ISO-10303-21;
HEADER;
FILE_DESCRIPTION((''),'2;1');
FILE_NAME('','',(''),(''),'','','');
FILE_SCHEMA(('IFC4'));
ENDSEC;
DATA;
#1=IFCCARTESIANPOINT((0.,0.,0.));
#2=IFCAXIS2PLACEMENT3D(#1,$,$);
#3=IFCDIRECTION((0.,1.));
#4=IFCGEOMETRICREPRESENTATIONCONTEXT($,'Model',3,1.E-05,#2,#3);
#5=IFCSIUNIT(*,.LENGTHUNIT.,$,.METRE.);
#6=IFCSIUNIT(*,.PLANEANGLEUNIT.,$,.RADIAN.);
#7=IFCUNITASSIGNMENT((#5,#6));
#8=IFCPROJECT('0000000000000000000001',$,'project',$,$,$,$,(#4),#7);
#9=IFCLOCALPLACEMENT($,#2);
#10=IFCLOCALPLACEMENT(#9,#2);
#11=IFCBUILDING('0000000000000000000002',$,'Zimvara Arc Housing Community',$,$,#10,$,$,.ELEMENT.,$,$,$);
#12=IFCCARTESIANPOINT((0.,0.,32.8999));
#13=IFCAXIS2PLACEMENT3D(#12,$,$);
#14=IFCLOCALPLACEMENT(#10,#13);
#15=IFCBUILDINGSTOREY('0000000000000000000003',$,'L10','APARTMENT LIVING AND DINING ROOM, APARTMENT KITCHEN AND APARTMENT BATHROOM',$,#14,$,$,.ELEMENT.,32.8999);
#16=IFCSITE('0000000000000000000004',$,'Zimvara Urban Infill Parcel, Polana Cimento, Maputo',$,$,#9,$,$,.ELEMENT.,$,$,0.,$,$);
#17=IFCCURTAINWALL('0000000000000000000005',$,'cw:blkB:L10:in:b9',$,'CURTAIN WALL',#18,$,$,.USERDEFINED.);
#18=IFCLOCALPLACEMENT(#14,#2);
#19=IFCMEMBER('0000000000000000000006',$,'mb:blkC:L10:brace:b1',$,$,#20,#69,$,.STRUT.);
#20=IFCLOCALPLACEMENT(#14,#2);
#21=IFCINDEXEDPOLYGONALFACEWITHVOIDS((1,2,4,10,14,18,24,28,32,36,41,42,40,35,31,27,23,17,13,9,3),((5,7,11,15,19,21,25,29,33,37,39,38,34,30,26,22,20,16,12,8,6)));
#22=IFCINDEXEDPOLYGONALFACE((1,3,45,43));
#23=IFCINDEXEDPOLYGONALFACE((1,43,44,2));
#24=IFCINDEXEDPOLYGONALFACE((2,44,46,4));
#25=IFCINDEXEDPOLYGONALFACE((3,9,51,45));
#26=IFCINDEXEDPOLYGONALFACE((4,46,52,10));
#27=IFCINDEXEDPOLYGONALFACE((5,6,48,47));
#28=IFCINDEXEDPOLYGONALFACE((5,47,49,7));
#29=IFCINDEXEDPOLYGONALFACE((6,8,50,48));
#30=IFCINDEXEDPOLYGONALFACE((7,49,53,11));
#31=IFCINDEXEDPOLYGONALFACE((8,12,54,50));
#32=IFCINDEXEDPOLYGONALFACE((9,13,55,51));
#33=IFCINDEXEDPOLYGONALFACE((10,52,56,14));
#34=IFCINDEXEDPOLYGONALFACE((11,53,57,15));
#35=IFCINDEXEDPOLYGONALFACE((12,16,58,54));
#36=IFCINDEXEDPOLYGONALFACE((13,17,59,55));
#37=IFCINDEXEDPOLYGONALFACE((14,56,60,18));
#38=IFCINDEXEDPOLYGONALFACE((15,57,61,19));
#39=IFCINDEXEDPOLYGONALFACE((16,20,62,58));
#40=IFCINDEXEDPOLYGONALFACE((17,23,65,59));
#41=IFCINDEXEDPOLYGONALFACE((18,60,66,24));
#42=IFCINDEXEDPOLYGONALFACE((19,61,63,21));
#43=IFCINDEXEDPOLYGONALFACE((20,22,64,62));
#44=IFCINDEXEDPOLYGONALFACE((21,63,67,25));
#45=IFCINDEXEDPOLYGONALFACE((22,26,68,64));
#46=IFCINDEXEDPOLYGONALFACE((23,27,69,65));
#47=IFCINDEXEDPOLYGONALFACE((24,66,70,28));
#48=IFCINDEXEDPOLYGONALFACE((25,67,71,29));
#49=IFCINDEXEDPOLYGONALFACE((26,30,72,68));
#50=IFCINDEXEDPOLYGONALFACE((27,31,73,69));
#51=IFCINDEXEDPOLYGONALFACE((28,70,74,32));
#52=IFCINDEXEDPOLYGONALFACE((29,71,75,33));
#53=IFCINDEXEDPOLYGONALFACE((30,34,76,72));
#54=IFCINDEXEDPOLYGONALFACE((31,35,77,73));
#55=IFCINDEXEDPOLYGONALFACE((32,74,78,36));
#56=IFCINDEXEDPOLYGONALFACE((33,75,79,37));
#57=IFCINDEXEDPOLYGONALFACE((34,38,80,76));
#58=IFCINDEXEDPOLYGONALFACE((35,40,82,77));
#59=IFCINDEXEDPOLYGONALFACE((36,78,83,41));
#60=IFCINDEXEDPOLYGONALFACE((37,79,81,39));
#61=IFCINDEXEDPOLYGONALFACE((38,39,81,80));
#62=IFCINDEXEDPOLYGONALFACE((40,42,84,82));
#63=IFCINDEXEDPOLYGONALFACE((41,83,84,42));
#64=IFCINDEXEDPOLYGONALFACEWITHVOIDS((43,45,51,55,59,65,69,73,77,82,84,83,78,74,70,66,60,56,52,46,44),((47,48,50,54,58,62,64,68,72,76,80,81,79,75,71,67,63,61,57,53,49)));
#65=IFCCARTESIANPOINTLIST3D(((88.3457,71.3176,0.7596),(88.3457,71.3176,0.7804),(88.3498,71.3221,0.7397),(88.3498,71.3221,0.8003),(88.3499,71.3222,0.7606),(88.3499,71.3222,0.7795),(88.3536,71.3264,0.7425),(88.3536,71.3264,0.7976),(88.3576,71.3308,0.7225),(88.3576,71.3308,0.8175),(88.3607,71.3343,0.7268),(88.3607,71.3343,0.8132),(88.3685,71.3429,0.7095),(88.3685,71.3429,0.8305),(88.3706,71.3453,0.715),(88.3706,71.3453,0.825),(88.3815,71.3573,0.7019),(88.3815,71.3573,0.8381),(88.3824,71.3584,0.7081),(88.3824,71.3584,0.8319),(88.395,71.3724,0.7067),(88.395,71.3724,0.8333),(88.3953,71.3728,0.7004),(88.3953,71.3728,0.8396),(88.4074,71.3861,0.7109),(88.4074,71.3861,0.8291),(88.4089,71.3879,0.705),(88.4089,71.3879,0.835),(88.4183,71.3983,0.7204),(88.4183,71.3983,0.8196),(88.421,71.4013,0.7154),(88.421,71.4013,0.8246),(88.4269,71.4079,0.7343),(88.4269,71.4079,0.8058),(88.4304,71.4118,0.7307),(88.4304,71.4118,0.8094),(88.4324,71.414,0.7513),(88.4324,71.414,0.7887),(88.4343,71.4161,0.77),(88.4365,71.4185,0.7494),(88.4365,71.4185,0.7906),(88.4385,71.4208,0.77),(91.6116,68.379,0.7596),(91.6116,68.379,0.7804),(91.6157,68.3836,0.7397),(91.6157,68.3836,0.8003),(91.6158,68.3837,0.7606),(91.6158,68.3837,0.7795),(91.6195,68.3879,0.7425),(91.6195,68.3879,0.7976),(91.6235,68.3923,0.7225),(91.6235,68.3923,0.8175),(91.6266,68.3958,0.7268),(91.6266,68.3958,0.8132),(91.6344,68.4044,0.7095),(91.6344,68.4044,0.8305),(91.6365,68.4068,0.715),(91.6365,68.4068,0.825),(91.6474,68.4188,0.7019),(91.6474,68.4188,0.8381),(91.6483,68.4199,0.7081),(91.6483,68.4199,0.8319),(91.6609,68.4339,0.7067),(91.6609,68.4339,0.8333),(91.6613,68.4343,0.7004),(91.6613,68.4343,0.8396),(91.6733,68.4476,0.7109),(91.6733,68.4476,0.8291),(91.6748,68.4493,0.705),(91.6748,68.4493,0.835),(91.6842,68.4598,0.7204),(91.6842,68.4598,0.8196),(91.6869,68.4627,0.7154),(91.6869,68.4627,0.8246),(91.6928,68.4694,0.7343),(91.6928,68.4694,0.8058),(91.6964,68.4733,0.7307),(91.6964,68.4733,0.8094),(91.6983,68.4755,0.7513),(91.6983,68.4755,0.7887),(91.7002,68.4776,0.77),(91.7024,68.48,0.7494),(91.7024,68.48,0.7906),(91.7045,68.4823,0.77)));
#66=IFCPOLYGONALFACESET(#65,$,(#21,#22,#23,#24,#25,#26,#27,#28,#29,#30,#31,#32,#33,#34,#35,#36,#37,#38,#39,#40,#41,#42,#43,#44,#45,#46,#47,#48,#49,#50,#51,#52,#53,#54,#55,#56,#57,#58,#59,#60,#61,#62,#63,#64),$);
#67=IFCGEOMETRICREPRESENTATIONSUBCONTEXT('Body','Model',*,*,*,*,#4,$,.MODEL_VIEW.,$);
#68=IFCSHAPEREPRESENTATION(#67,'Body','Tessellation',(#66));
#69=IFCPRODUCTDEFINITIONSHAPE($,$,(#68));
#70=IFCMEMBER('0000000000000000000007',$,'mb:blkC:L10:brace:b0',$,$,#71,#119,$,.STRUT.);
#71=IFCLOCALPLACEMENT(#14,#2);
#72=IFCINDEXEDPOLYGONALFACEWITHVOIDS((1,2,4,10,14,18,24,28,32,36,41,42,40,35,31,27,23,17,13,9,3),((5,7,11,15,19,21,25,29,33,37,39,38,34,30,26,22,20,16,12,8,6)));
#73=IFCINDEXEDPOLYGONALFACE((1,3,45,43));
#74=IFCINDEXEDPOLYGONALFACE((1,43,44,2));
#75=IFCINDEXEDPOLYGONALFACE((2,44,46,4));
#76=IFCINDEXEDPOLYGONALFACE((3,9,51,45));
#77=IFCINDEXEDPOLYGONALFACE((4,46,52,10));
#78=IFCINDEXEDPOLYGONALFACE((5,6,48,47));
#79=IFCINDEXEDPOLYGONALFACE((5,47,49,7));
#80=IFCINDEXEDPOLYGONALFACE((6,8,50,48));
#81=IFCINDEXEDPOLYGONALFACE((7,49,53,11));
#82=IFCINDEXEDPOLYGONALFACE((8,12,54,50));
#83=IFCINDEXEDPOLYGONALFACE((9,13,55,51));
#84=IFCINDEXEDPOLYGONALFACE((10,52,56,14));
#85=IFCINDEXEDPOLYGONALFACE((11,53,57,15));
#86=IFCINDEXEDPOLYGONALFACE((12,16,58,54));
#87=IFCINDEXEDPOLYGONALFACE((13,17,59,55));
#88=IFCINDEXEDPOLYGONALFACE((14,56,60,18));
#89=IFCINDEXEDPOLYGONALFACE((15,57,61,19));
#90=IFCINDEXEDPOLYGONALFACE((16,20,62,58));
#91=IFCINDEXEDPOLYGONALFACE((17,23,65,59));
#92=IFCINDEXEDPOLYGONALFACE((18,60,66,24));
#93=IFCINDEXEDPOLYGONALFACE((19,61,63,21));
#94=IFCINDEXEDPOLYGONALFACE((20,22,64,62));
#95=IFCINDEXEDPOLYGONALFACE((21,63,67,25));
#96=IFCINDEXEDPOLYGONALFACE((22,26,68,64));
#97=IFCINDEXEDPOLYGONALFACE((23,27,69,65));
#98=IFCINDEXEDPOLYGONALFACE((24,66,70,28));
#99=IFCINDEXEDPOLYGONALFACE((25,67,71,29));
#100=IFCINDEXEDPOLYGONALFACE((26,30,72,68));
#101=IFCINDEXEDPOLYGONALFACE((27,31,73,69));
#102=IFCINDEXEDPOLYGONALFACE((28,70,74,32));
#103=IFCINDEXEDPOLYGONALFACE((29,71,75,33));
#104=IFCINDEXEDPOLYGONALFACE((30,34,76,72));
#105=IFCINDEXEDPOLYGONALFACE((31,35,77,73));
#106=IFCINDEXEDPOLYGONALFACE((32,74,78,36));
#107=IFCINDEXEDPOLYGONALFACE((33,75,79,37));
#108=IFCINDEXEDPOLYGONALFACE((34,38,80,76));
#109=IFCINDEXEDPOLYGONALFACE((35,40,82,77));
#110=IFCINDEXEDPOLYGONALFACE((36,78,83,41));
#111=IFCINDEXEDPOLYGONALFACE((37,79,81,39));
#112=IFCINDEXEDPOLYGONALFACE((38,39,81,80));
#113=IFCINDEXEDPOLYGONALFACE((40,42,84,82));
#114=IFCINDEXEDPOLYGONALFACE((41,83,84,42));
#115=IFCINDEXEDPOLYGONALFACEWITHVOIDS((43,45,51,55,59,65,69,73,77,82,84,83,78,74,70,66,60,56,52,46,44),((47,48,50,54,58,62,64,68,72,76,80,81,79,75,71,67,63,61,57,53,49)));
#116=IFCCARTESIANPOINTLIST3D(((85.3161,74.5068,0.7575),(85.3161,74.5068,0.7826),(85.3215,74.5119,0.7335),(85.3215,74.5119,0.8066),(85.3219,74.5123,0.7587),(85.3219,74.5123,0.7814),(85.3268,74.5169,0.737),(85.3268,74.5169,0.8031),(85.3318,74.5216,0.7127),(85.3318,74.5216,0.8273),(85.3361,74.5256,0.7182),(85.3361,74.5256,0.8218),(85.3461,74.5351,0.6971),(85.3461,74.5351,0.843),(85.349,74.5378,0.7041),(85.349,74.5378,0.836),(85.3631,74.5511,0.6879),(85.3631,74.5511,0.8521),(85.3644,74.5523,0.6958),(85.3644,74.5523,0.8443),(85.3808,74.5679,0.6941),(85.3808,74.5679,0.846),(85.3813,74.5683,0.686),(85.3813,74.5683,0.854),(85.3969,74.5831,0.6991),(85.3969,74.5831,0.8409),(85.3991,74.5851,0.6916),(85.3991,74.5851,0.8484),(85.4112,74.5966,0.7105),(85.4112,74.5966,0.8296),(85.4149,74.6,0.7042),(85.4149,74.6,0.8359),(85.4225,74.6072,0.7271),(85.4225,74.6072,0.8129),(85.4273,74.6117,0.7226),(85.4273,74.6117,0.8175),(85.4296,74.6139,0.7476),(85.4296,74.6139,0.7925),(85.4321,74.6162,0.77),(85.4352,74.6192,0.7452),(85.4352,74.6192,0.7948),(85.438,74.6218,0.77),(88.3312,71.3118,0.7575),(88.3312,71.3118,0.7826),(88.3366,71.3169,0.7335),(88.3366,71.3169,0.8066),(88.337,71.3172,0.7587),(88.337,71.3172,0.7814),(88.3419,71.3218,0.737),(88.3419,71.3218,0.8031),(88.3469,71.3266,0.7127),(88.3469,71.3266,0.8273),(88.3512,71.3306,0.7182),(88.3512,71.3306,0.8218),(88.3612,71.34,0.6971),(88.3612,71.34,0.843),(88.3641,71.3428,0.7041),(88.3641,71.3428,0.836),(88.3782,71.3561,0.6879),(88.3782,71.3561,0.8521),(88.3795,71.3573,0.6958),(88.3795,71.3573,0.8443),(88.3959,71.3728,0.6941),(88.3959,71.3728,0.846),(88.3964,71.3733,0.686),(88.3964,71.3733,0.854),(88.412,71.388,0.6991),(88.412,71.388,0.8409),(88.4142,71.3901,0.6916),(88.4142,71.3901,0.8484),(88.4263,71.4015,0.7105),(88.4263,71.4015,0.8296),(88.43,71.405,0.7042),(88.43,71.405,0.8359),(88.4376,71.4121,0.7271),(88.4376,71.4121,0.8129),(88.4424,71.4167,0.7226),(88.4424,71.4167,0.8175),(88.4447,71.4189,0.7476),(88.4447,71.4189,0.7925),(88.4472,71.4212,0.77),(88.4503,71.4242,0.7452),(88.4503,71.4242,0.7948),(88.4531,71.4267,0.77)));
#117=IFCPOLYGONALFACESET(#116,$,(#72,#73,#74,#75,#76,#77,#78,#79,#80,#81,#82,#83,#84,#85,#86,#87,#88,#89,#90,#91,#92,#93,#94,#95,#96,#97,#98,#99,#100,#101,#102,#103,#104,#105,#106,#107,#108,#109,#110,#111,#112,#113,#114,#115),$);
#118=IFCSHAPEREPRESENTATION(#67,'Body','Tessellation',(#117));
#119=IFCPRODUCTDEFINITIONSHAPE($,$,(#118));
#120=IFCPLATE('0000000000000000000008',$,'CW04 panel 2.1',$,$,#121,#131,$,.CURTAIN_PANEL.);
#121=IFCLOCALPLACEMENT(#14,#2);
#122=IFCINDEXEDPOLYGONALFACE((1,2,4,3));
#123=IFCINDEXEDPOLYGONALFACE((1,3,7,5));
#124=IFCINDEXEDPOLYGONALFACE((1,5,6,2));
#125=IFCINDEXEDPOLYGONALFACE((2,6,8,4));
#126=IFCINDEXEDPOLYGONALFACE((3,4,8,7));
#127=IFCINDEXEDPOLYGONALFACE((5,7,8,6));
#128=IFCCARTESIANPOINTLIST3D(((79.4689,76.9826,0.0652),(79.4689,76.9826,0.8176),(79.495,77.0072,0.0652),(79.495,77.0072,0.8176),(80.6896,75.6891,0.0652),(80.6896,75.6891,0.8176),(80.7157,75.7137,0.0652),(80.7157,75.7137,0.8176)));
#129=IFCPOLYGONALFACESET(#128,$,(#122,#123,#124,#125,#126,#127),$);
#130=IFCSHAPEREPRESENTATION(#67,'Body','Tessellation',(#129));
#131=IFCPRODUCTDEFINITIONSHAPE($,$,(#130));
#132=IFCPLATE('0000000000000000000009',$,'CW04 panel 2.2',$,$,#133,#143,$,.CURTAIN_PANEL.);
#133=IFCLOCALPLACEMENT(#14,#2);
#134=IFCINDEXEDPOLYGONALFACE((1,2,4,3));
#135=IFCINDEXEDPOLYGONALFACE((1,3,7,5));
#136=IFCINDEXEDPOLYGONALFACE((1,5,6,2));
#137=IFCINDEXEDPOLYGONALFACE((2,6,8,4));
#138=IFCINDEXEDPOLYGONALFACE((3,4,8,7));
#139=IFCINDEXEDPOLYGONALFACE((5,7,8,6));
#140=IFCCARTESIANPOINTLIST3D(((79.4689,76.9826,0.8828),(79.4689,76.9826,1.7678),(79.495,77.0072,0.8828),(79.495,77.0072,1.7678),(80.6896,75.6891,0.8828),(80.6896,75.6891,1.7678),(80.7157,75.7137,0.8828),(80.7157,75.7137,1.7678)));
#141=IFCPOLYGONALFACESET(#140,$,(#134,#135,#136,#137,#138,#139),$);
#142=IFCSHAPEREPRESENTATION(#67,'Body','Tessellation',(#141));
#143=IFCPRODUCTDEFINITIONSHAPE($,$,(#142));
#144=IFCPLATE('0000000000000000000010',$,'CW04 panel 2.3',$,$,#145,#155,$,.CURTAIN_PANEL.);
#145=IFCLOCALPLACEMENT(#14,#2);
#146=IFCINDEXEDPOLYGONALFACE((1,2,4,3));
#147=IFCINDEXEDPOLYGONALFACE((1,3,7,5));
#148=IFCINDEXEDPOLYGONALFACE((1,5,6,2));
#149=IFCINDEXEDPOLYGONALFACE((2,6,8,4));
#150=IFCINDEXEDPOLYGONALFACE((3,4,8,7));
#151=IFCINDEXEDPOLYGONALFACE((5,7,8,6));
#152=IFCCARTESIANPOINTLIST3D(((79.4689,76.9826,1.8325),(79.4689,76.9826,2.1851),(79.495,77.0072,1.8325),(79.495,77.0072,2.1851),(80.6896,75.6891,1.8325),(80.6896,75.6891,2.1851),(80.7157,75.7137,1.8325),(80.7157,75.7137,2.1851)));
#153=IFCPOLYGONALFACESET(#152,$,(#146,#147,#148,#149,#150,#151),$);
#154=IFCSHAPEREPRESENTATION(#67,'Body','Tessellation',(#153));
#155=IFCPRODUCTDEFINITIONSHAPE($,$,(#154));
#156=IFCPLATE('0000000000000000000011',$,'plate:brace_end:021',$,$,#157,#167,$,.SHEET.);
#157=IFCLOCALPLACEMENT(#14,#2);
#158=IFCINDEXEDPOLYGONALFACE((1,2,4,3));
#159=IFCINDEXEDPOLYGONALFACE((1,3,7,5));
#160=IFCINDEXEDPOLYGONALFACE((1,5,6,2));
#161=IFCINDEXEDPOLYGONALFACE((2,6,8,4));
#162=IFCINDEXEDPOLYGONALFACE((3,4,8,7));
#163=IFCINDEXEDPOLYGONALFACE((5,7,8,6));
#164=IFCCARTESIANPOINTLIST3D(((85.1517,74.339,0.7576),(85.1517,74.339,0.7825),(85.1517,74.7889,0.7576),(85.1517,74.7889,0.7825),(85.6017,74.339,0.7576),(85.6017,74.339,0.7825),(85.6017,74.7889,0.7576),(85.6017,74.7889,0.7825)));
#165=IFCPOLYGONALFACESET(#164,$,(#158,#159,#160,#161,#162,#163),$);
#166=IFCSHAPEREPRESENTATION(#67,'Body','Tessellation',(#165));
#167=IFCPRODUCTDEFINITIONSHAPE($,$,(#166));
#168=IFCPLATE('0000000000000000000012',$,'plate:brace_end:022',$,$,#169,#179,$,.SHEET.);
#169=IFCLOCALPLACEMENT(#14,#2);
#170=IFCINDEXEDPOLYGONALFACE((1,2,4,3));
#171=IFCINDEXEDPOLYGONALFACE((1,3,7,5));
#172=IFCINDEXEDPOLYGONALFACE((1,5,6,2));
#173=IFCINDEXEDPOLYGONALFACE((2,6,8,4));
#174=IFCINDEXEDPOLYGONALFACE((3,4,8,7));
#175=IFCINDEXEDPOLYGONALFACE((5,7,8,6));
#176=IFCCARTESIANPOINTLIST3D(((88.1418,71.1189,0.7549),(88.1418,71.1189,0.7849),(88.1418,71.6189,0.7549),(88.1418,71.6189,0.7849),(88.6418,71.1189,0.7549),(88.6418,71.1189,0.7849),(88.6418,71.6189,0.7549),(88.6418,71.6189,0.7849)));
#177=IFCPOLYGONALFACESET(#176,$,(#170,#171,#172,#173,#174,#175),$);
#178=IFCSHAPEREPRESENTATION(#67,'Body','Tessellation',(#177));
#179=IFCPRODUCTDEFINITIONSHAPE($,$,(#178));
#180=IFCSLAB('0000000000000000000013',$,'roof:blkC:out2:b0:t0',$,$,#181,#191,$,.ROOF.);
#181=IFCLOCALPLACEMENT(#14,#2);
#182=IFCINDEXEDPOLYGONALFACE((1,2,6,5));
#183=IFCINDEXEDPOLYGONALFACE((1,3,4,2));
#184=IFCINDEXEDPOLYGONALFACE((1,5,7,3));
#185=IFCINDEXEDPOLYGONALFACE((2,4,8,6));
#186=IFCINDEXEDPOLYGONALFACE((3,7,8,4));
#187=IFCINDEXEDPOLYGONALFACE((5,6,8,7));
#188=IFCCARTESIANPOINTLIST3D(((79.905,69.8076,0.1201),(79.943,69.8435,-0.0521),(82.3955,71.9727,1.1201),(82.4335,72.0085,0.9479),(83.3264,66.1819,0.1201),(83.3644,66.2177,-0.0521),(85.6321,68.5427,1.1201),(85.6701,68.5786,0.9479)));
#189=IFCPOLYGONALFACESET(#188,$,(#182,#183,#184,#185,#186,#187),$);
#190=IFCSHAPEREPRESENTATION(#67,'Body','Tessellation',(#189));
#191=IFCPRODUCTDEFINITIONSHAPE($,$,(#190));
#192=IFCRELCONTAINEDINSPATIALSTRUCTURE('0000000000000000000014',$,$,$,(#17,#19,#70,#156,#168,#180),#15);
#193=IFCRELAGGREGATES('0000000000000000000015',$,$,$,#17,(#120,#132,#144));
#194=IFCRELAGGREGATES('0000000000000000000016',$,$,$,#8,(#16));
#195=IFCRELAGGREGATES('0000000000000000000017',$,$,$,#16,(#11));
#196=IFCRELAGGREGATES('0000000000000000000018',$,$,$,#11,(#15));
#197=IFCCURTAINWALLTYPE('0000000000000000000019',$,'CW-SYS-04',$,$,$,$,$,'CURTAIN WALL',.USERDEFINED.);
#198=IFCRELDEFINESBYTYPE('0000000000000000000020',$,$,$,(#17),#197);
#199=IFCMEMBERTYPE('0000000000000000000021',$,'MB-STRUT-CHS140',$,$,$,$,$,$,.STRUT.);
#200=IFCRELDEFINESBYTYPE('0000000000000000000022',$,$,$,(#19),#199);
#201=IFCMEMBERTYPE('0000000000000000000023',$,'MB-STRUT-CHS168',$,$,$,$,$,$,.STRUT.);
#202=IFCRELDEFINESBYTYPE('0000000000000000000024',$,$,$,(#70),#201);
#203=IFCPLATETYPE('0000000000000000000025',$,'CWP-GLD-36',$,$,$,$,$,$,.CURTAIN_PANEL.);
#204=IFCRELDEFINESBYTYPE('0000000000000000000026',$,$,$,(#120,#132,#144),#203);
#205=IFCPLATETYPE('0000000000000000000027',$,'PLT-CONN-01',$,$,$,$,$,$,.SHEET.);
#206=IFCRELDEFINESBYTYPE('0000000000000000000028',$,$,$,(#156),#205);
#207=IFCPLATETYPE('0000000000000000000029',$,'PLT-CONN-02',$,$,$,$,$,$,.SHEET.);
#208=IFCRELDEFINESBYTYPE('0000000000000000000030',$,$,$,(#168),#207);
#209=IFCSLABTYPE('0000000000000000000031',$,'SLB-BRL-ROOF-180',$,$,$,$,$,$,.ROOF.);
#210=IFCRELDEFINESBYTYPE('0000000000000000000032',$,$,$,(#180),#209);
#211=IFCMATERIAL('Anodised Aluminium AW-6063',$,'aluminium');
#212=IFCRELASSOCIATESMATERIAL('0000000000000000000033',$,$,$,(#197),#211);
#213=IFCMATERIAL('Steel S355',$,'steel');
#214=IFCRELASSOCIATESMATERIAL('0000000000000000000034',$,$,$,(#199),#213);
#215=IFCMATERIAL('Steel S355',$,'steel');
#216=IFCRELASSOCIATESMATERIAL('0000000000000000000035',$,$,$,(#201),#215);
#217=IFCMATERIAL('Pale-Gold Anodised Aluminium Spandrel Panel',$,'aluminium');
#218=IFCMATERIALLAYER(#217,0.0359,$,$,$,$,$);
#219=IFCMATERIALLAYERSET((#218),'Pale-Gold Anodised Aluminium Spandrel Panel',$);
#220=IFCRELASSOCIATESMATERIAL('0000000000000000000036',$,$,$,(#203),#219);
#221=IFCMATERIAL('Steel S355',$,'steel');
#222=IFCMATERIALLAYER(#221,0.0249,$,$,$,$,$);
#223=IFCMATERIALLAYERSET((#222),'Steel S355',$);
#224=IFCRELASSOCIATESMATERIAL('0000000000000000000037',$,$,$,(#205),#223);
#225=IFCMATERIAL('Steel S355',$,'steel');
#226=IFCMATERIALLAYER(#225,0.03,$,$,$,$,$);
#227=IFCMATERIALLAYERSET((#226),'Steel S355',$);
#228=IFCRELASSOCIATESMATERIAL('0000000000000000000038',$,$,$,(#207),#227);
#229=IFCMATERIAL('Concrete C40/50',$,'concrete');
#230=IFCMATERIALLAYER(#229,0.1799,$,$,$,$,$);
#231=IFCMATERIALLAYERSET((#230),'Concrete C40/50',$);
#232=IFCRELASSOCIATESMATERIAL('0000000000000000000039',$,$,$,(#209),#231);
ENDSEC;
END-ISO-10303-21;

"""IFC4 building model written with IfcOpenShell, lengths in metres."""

from ifc_helpers import new_model, si_unit, direction, frame, origin, origin_2d, place, context, subcontext, project, spatial, polyline, rectangle, hollow_circle, outline, extrude, material, layer, layer_set, material_profile, profile_set, type_object, element, aggregate, save


model = new_model("IFC4")

# Units and contexts
model_context = context("Model", 3, precision=1e-05, world=origin(), true_north=direction((0.0, 1.0)))
body_context = subcontext(model_context, "Body", "Model", "MODEL_VIEW")
ifc_project = project(units=[si_unit("LENGTHUNIT", "METRE"), si_unit("PLANEANGLEUNIT", "RADIAN")], contexts=[model_context])

# Site, building, storey
site_placement = place(None, origin())
site = spatial("IfcSite", under=ifc_project, at=site_placement, Name="Zimvara Urban Infill Parcel, Polana Cimento, Maputo", CompositionType="ELEMENT", RefElevation=0.0)
building_placement = place(site_placement, origin())
building = spatial("IfcBuilding", under=site, at=building_placement, Name="Zimvara Arc Housing Community", CompositionType="ELEMENT")
storey_placement = place(building_placement, frame((0.0, 0.0, 32.8999)))
storey = spatial("IfcBuildingStorey", under=building, at=storey_placement, Name="L10", Description="APARTMENT LIVING AND DINING ROOM, APARTMENT KITCHEN AND APARTMENT BATHROOM", CompositionType="ELEMENT", Elevation=32.8999)

# Curtain wall
ifc_material_1 = material(Name="Anodised Aluminium AW-6063", Category="aluminium")
curtain_wall_type = type_object("IfcCurtainWallType", Name="CW-SYS-04", ElementType="CURTAIN WALL", PredefinedType="USERDEFINED", material=ifc_material_1)
curtain_wall_placement = place(storey_placement, origin())
curtain_wall = element("IfcCurtainWall", 1, at=curtain_wall_placement, inside=storey, type_object=curtain_wall_type, Name="cw:blkB:L10:in:b9", ObjectType="CURTAIN WALL", PredefinedType="USERDEFINED")

# Members
ifc_material_2 = material(Name="Steel S355", Category="steel")
ifc_material_profile_1 = material_profile(ifc_material_2, hollow_circle(Radius=0.0698, WallThickness=0.0063, at=origin_2d()), Name="CHS 139.7x6.3")
ifc_profile_set_1 = profile_set([ifc_material_profile_1], Name="Steel S355")
member_type_1 = type_object("IfcMemberType", Name="MB-STRUT-CHS140", PredefinedType="STRUT", material=ifc_profile_set_1)
member_1_placement = place(storey_placement, frame((88.3918, 71.3689, 0.77), z_axis=(0.743385, -0.668863, 0.0), x_axis=(0.668863, 0.743385, 0.0)))
element("IfcMember", 2, at=member_1_placement, inside=storey, type_object=member_type_1, Name="mb:blkC:L10:brace:b1", PredefinedType="STRUT", context=body_context, shape_type="SweptSolid", body=[
    extrude(hollow_circle(Radius=0.0698, WallThickness=0.0063, at=origin_2d()), origin(), (0.0, 0.0, 1.0), 4.3933),
])
ifc_material_3 = material(Name="Steel S355", Category="steel")
ifc_material_profile_2 = material_profile(ifc_material_3, hollow_circle(Radius=0.0842, WallThickness=0.0081, at=origin_2d()), Name="CHS 168.3x8.0")
ifc_profile_set_2 = profile_set([ifc_material_profile_2], Name="Steel S355")
member_type_2 = type_object("IfcMemberType", Name="MB-STRUT-CHS168", PredefinedType="STRUT", material=ifc_profile_set_2)
member_2_placement = place(storey_placement, frame((85.3767, 74.564, 0.77), z_axis=(0.686331, -0.727289, 0.0), x_axis=(0.727289, 0.686331, 0.0)))
element("IfcMember", 3, at=member_2_placement, inside=storey, type_object=member_type_2, Name="mb:blkC:L10:brace:b0", PredefinedType="STRUT", context=body_context, shape_type="SweptSolid", body=[
    extrude(hollow_circle(Radius=0.0842, WallThickness=0.0081, at=origin_2d()), origin(), (0.0, 0.0, 1.0), 4.3931),
])

# Plates
ifc_material_4 = material(Name="Pale-Gold Anodised Aluminium Spandrel Panel", Category="aluminium")
ifc_layer_1 = layer(ifc_material_4, 0.0359)
ifc_layer_set_1 = layer_set([ifc_layer_1], Name="Pale-Gold Anodised Aluminium Spandrel Panel")
plate_type_1 = type_object("IfcPlateType", Name="CWP-GLD-36", PredefinedType="CURTAIN_PANEL", material=ifc_layer_set_1)
plate_1_placement = place(storey_placement, frame((80.0923, 76.3481, 0.0652), z_axis=(0.0, 0.0, 1.0), x_axis=(0.686326, -0.727294, 0.0)))
plate_1 = element("IfcPlate", 4, at=plate_1_placement, type_object=plate_type_1, Name="CW04 panel 2.1", PredefinedType="CURTAIN_PANEL", context=body_context, shape_type="SweptSolid", body=[
    extrude(rectangle(XDim=1.7786, YDim=0.0359, at=origin_2d()), origin(), (0.0, 0.0, 1.0), 0.7524),
])
plate_2_placement = place(storey_placement, frame((80.0923, 76.3481, 0.8828), z_axis=(0.0, 0.0, 1.0), x_axis=(0.686326, -0.727294, 0.0)))
plate_2 = element("IfcPlate", 5, at=plate_2_placement, type_object=plate_type_1, Name="CW04 panel 2.2", PredefinedType="CURTAIN_PANEL", context=body_context, shape_type="SweptSolid", body=[
    extrude(rectangle(XDim=1.7786, YDim=0.0359, at=origin_2d()), origin(), (0.0, 0.0, 1.0), 0.885),
])
plate_3_placement = place(storey_placement, frame((80.0923, 76.3481, 1.8325), z_axis=(0.0, 0.0, 1.0), x_axis=(0.686326, -0.727294, 0.0)))
plate_3 = element("IfcPlate", 6, at=plate_3_placement, type_object=plate_type_1, Name="CW04 panel 2.3", PredefinedType="CURTAIN_PANEL", context=body_context, shape_type="SweptSolid", body=[
    extrude(rectangle(XDim=1.7786, YDim=0.0359, at=origin_2d()), origin(), (0.0, 0.0, 1.0), 0.3525),
])
aggregate(curtain_wall, [plate_1, plate_2, plate_3])

# Plates
ifc_material_5 = material(Name="Steel S355", Category="steel")
ifc_layer_2 = layer(ifc_material_5, 0.0249)
ifc_layer_set_2 = layer_set([ifc_layer_2], Name="Steel S355")
plate_type_2 = type_object("IfcPlateType", Name="PLT-CONN-01", PredefinedType="SHEET", material=ifc_layer_set_2)
plate_4_placement = place(storey_placement, frame((85.3767, 74.564, 0.7576), z_axis=(0.0, 0.0, 1.0), x_axis=(1.0, 0.0, 0.0)))
element("IfcPlate", 7, at=plate_4_placement, inside=storey, type_object=plate_type_2, Name="plate:brace_end:021", PredefinedType="SHEET", context=body_context, shape_type="SweptSolid", body=[
    extrude(rectangle(XDim=0.45, YDim=0.45, at=origin_2d()), origin(), (0.0, 0.0, 1.0), 0.0249),
])
ifc_material_6 = material(Name="Steel S355", Category="steel")
ifc_layer_3 = layer(ifc_material_6, 0.03)
ifc_layer_set_3 = layer_set([ifc_layer_3], Name="Steel S355")
plate_type_3 = type_object("IfcPlateType", Name="PLT-CONN-02", PredefinedType="SHEET", material=ifc_layer_set_3)
plate_5_placement = place(storey_placement, frame((88.3918, 71.3689, 0.7549), z_axis=(0.0, 0.0, 1.0), x_axis=(1.0, 0.0, 0.0)))
element("IfcPlate", 8, at=plate_5_placement, inside=storey, type_object=plate_type_3, Name="plate:brace_end:022", PredefinedType="SHEET", context=body_context, shape_type="SweptSolid", body=[
    extrude(rectangle(XDim=0.5, YDim=0.5, at=origin_2d()), origin(), (0.0, 0.0, 1.0), 0.03),
])

# Slab
ifc_material_7 = material(Name="Concrete C40/50", Category="concrete")
ifc_layer_4 = layer(ifc_material_7, 0.1799)
ifc_layer_set_4 = layer_set([ifc_layer_4], Name="Concrete C40/50")
slab_type = type_object("IfcSlabType", Name="SLB-BRL-ROOF-180", PredefinedType="ROOF", material=ifc_layer_set_4)
slab_1_placement = place(storey_placement, frame((83.3264, 66.1819, 0.1201), z_axis=(-0.211088, -0.199189, 0.956956), x_axis=(-0.686314, 0.727305, -0.000001)))
element("IfcSlab", 9, at=slab_1_placement, inside=storey, type_object=slab_type, Name="roof:blkC:out2:b0:t0", PredefinedType="ROOF", context=body_context, shape_type="SweptSolid", body=[
    extrude(outline(polyline([(0.0, 0.0), (4.9852, 0.0), (4.8506, -3.4455), (0.1346, -3.4455), (0.0, 0.0)])), origin(), (0.0, 0.0, -1.0), 0.1799),
])

save(model, "model.ifc")
